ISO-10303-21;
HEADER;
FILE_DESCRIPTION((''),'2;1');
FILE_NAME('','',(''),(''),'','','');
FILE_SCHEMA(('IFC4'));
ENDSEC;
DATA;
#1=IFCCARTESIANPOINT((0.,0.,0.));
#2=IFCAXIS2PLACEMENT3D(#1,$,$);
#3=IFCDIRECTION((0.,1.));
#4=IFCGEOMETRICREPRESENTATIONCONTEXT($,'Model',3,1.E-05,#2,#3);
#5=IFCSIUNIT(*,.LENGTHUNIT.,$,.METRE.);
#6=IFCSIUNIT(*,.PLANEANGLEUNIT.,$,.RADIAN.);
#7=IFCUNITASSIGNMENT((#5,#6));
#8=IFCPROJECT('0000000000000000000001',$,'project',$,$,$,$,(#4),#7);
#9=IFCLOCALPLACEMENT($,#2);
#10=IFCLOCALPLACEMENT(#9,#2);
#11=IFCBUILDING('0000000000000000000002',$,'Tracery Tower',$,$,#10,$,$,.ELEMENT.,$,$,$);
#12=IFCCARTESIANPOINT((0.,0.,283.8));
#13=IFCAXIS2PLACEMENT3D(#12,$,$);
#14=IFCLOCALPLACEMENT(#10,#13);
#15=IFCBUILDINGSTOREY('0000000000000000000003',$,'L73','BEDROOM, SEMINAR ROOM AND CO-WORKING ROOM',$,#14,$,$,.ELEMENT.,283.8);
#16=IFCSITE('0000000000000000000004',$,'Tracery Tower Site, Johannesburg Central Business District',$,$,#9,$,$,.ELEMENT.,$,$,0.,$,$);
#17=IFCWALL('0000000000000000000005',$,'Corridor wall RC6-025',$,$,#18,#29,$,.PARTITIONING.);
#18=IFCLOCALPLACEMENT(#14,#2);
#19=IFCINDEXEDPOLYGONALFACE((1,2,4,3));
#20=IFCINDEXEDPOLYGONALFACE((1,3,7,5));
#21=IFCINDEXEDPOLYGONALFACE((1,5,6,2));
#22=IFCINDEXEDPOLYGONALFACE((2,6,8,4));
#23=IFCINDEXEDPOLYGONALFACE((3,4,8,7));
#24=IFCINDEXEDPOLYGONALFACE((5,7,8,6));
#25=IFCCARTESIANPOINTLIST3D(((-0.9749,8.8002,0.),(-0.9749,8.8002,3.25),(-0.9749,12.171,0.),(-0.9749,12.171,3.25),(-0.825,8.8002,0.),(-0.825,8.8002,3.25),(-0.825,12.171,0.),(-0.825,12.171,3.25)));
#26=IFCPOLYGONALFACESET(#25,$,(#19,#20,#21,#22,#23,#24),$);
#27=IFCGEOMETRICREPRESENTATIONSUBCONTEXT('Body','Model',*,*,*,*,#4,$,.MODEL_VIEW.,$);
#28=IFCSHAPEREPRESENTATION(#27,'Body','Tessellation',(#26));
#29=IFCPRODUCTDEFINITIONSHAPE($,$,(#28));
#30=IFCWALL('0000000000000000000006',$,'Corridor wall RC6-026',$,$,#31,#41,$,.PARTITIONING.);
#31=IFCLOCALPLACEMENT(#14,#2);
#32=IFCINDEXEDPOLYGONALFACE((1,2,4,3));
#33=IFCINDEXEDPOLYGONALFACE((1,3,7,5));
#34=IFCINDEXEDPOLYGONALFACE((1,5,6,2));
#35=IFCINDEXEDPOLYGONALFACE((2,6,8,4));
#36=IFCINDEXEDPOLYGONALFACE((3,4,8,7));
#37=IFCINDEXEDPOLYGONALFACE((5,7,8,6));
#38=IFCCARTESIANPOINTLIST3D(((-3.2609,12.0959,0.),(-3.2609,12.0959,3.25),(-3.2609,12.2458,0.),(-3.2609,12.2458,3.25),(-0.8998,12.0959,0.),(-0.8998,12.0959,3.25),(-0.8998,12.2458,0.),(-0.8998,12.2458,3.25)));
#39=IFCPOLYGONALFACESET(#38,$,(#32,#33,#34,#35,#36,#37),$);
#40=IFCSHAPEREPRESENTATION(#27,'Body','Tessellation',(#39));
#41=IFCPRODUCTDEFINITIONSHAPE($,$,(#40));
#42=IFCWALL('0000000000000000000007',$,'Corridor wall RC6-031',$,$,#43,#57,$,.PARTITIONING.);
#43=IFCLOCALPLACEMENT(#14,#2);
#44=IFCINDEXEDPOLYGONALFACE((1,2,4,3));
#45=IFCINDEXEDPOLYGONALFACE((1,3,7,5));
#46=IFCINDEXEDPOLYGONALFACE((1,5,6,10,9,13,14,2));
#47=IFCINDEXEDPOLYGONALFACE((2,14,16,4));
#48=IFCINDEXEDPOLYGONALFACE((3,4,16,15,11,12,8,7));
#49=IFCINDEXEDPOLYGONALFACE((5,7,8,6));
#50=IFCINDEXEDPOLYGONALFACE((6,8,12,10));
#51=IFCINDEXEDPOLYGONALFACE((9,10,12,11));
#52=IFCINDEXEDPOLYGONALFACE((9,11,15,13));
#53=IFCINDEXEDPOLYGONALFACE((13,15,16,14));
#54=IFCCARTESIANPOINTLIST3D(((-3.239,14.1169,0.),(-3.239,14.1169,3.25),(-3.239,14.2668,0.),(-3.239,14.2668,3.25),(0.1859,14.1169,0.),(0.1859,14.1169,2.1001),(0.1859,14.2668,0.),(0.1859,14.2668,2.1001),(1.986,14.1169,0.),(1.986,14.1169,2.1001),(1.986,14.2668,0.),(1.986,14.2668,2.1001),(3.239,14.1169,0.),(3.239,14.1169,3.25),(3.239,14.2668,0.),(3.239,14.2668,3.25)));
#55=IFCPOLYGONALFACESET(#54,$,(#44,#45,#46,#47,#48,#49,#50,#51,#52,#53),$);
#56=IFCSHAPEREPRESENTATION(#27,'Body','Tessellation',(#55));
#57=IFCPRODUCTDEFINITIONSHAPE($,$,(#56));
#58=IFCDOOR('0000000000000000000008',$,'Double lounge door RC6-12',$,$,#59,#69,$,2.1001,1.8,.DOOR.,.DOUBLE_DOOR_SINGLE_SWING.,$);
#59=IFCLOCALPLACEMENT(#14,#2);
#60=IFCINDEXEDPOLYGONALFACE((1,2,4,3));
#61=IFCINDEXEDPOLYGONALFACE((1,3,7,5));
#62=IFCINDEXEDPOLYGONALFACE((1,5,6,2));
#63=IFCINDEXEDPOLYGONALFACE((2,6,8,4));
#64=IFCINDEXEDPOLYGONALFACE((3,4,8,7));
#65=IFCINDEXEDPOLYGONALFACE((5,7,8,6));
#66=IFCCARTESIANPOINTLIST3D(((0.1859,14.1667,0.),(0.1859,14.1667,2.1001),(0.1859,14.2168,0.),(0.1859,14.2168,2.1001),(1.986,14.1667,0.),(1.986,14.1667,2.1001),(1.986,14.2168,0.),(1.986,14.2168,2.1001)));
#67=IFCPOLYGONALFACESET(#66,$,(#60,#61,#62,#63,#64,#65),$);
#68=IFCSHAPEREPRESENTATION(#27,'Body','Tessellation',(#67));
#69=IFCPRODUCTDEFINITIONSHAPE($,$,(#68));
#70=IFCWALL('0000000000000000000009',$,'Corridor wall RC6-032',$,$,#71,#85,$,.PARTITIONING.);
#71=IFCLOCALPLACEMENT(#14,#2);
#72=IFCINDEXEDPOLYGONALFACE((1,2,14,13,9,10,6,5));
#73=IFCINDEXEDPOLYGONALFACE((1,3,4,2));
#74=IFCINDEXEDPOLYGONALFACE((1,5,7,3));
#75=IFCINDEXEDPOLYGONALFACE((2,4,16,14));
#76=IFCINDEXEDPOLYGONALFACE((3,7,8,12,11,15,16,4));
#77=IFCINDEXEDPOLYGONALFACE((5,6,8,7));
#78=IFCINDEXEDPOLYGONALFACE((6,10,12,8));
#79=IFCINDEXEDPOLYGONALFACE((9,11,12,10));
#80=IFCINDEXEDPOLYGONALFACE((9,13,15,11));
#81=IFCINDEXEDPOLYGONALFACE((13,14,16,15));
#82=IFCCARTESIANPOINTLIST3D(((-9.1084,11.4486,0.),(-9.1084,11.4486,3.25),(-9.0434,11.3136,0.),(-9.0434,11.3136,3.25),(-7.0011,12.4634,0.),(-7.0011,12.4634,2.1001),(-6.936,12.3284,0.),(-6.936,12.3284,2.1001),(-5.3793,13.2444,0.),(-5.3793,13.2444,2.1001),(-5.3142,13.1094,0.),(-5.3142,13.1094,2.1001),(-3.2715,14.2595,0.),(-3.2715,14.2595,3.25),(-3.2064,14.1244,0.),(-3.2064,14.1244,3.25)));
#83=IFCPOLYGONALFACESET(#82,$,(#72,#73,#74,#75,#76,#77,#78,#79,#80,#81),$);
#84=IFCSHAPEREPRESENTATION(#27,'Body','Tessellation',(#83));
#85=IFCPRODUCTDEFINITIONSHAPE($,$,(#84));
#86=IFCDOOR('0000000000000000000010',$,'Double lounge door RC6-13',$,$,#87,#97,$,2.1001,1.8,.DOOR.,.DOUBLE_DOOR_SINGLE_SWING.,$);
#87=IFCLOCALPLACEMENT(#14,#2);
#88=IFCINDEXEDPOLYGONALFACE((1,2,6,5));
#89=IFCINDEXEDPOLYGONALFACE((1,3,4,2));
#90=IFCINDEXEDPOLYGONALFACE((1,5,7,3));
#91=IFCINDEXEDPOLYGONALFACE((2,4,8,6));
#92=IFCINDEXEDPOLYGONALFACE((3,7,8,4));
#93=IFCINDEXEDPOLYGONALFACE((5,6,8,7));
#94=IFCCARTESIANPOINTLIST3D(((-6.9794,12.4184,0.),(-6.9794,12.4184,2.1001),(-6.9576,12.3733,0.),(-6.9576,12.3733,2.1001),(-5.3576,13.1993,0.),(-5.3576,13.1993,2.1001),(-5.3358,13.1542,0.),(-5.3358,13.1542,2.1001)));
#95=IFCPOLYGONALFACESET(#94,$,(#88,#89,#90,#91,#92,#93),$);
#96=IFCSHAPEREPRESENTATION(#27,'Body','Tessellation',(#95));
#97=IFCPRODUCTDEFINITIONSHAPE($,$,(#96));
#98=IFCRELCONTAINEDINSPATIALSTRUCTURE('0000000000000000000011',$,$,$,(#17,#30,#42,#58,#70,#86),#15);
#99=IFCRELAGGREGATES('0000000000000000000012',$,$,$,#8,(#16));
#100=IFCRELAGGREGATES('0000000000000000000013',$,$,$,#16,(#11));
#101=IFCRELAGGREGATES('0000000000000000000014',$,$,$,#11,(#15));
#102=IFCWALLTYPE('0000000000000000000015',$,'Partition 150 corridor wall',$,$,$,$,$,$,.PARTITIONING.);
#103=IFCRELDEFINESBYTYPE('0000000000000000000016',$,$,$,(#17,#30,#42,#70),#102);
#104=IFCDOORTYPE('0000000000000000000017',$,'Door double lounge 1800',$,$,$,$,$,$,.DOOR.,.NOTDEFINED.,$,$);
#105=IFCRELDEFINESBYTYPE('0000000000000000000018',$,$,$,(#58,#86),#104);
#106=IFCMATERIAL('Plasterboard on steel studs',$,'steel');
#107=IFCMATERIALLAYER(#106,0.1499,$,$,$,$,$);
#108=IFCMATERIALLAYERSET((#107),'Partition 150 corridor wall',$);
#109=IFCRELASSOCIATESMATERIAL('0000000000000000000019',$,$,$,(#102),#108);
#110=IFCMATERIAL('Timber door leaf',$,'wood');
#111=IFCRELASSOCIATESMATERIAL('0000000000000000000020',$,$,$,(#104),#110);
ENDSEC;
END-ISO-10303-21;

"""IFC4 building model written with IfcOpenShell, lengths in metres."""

from ifc_helpers import new_model, si_unit, direction, frame, frame_2d, origin, place, context, subcontext, project, spatial, rectangle, extrude, material, layer, layer_set, type_object, element, fill, save


model = new_model("IFC4")

# Units and contexts
model_context = context("Model", 3, precision=1e-05, world=origin(), true_north=direction((0.0, 1.0)))
body_context = subcontext(model_context, "Body", "Model", "MODEL_VIEW")
ifc_project = project(units=[si_unit("LENGTHUNIT", "METRE"), si_unit("PLANEANGLEUNIT", "RADIAN")], contexts=[model_context])

# Site, building, storey
site_placement = place(None, origin())
site = spatial("IfcSite", under=ifc_project, at=site_placement, Name="Tracery Tower Site, Johannesburg Central Business District", CompositionType="ELEMENT", RefElevation=0.0)
building_placement = place(site_placement, origin())
building = spatial("IfcBuilding", under=site, at=building_placement, Name="Tracery Tower", CompositionType="ELEMENT")
storey_placement = place(building_placement, frame((0.0, 0.0, 283.8)))
storey = spatial("IfcBuildingStorey", under=building, at=storey_placement, Name="L73", Description="BEDROOM, SEMINAR ROOM AND CO-WORKING ROOM", CompositionType="ELEMENT", Elevation=283.8)

# Shared definitions
ifc_material_1 = material(Name="Plasterboard on steel studs", Category="steel")
ifc_layer_1 = layer(ifc_material_1, 0.1499)
ifc_layer_set_1 = layer_set([ifc_layer_1], Name="Partition 150 corridor wall")
wall_type_1 = type_object("IfcWallType", Name="Partition 150 corridor wall", PredefinedType="PARTITIONING", material=ifc_layer_set_1)

# Walls
wall_1_placement = place(storey_placement, frame((-0.8999, 8.8, 0.0), z_axis=(0.0, 0.0, 1.0), x_axis=(0.0, 1.0, 0.0)))
element("IfcWall", 1, at=wall_1_placement, inside=storey, type_object=wall_type_1, Name="Corridor wall RC6-025", PredefinedType="PARTITIONING", context=body_context, shape_type="SweptSolid", body=[
    extrude(rectangle(XDim=3.3708, YDim=0.1499, at=frame_2d((1.6855, 0.0))), origin(), (0.0, 0.0, 1.0), 3.25),
])
wall_2_placement = place(storey_placement, frame((-3.261, 12.1709, 0.0), z_axis=(0.0, 0.0, 1.0), x_axis=(1.0, 0.0, 0.0)))
element("IfcWall", 2, at=wall_2_placement, inside=storey, type_object=wall_type_1, Name="Corridor wall RC6-026", PredefinedType="PARTITIONING", context=body_context, shape_type="SweptSolid", body=[
    extrude(rectangle(XDim=2.3611, YDim=0.1499, at=frame_2d((1.1807, 0.0))), origin(), (0.0, 0.0, 1.0), 3.25),
])

# Walls, openings, doors
wall_3_placement = place(storey_placement, frame((-3.239, 14.1919, 0.0), z_axis=(0.0, 0.0, 1.0), x_axis=(1.0, 0.0, 0.0)))
wall_3 = element("IfcWall", 3, at=wall_3_placement, inside=storey, type_object=wall_type_1, Name="Corridor wall RC6-031", PredefinedType="PARTITIONING", context=body_context, shape_type="SweptSolid", body=[
    extrude(rectangle(XDim=6.478, YDim=0.1499, at=frame_2d((3.239, 0.0))), origin(), (0.0, 0.0, 1.0), 3.25),
])
opening_1_placement = place(wall_3_placement, frame((3.425, 0.0, 0.0)))
opening_1 = element("IfcOpeningElement", 4, at=opening_1_placement, cuts=wall_3, PredefinedType="OPENING", context=body_context, shape_type="SweptSolid", body=[
    extrude(rectangle(XDim=1.8, YDim=2.1001, at=frame_2d((0.8999, 1.05))), frame((0.0, 0.075, 0.0), z_axis=(0.0, -1.0, 0.0), x_axis=(1.0, 0.0, 0.0)), (0.0, 0.0, 1.0), 0.1499),
])
ifc_material_2 = material(Name="Timber door leaf", Category="wood")
door_type_1 = type_object("IfcDoorType", Name="Door double lounge 1800", OperationType="NOTDEFINED", PredefinedType="DOOR", material=ifc_material_2)
door_1_placement = place(opening_1_placement, origin())
door_1 = element("IfcDoor", 5, at=door_1_placement, inside=storey, type_object=door_type_1, Name="Double lounge door RC6-12", OperationType="DOUBLE_DOOR_SINGLE_SWING", OverallHeight=2.1001, OverallWidth=1.8, PredefinedType="DOOR", context=body_context, shape_type="SweptSolid", body=[
    extrude(rectangle(XDim=1.8, YDim=2.1001, at=frame_2d((0.8999, 1.05))), frame((0.0, 0.0249, 0.0), z_axis=(0.0, -1.0, 0.0), x_axis=(1.0, 0.0, 0.0)), (0.0, 0.0, 1.0), 0.05),
])
fill(opening_1, door_1)
wall_4_placement = place(storey_placement, frame((-9.0759, 11.3811, 0.0), z_axis=(0.0, 0.0, 1.0), x_axis=(0.900976, 0.433869, 0.0)))
wall_4 = element("IfcWall", 6, at=wall_4_placement, inside=storey, type_object=wall_type_1, Name="Corridor wall RC6-032", PredefinedType="PARTITIONING", context=body_context, shape_type="SweptSolid", body=[
    extrude(rectangle(XDim=6.4785, YDim=0.1499, at=frame_2d((3.2393, 0.0))), origin(), (0.0, 0.0, 1.0), 3.25),
])
opening_2_placement = place(wall_4_placement, frame((2.3391, 0.0, 0.0)))
opening_2 = element("IfcOpeningElement", 7, at=opening_2_placement, cuts=wall_4, PredefinedType="OPENING", context=body_context, shape_type="SweptSolid", body=[
    extrude(rectangle(XDim=1.8, YDim=2.1001, at=frame_2d((0.8999, 1.05))), frame((0.0, 0.075, 0.0), z_axis=(0.0, -1.0, 0.0), x_axis=(1.0, 0.0, 0.0)), (0.0, 0.0, 1.0), 0.1499),
])
door_2_placement = place(opening_2_placement, origin())
door_2 = element("IfcDoor", 8, at=door_2_placement, inside=storey, type_object=door_type_1, Name="Double lounge door RC6-13", OperationType="DOUBLE_DOOR_SINGLE_SWING", OverallHeight=2.1001, OverallWidth=1.8, PredefinedType="DOOR", context=body_context, shape_type="SweptSolid", body=[
    extrude(rectangle(XDim=1.8, YDim=2.1001, at=frame_2d((0.8999, 1.05))), frame((0.0, 0.0249, 0.0), z_axis=(0.0, -1.0, 0.0), x_axis=(1.0, 0.0, 0.0)), (0.0, 0.0, 1.0), 0.05),
])
fill(opening_2, door_2)

save(model, "model.ifc")
